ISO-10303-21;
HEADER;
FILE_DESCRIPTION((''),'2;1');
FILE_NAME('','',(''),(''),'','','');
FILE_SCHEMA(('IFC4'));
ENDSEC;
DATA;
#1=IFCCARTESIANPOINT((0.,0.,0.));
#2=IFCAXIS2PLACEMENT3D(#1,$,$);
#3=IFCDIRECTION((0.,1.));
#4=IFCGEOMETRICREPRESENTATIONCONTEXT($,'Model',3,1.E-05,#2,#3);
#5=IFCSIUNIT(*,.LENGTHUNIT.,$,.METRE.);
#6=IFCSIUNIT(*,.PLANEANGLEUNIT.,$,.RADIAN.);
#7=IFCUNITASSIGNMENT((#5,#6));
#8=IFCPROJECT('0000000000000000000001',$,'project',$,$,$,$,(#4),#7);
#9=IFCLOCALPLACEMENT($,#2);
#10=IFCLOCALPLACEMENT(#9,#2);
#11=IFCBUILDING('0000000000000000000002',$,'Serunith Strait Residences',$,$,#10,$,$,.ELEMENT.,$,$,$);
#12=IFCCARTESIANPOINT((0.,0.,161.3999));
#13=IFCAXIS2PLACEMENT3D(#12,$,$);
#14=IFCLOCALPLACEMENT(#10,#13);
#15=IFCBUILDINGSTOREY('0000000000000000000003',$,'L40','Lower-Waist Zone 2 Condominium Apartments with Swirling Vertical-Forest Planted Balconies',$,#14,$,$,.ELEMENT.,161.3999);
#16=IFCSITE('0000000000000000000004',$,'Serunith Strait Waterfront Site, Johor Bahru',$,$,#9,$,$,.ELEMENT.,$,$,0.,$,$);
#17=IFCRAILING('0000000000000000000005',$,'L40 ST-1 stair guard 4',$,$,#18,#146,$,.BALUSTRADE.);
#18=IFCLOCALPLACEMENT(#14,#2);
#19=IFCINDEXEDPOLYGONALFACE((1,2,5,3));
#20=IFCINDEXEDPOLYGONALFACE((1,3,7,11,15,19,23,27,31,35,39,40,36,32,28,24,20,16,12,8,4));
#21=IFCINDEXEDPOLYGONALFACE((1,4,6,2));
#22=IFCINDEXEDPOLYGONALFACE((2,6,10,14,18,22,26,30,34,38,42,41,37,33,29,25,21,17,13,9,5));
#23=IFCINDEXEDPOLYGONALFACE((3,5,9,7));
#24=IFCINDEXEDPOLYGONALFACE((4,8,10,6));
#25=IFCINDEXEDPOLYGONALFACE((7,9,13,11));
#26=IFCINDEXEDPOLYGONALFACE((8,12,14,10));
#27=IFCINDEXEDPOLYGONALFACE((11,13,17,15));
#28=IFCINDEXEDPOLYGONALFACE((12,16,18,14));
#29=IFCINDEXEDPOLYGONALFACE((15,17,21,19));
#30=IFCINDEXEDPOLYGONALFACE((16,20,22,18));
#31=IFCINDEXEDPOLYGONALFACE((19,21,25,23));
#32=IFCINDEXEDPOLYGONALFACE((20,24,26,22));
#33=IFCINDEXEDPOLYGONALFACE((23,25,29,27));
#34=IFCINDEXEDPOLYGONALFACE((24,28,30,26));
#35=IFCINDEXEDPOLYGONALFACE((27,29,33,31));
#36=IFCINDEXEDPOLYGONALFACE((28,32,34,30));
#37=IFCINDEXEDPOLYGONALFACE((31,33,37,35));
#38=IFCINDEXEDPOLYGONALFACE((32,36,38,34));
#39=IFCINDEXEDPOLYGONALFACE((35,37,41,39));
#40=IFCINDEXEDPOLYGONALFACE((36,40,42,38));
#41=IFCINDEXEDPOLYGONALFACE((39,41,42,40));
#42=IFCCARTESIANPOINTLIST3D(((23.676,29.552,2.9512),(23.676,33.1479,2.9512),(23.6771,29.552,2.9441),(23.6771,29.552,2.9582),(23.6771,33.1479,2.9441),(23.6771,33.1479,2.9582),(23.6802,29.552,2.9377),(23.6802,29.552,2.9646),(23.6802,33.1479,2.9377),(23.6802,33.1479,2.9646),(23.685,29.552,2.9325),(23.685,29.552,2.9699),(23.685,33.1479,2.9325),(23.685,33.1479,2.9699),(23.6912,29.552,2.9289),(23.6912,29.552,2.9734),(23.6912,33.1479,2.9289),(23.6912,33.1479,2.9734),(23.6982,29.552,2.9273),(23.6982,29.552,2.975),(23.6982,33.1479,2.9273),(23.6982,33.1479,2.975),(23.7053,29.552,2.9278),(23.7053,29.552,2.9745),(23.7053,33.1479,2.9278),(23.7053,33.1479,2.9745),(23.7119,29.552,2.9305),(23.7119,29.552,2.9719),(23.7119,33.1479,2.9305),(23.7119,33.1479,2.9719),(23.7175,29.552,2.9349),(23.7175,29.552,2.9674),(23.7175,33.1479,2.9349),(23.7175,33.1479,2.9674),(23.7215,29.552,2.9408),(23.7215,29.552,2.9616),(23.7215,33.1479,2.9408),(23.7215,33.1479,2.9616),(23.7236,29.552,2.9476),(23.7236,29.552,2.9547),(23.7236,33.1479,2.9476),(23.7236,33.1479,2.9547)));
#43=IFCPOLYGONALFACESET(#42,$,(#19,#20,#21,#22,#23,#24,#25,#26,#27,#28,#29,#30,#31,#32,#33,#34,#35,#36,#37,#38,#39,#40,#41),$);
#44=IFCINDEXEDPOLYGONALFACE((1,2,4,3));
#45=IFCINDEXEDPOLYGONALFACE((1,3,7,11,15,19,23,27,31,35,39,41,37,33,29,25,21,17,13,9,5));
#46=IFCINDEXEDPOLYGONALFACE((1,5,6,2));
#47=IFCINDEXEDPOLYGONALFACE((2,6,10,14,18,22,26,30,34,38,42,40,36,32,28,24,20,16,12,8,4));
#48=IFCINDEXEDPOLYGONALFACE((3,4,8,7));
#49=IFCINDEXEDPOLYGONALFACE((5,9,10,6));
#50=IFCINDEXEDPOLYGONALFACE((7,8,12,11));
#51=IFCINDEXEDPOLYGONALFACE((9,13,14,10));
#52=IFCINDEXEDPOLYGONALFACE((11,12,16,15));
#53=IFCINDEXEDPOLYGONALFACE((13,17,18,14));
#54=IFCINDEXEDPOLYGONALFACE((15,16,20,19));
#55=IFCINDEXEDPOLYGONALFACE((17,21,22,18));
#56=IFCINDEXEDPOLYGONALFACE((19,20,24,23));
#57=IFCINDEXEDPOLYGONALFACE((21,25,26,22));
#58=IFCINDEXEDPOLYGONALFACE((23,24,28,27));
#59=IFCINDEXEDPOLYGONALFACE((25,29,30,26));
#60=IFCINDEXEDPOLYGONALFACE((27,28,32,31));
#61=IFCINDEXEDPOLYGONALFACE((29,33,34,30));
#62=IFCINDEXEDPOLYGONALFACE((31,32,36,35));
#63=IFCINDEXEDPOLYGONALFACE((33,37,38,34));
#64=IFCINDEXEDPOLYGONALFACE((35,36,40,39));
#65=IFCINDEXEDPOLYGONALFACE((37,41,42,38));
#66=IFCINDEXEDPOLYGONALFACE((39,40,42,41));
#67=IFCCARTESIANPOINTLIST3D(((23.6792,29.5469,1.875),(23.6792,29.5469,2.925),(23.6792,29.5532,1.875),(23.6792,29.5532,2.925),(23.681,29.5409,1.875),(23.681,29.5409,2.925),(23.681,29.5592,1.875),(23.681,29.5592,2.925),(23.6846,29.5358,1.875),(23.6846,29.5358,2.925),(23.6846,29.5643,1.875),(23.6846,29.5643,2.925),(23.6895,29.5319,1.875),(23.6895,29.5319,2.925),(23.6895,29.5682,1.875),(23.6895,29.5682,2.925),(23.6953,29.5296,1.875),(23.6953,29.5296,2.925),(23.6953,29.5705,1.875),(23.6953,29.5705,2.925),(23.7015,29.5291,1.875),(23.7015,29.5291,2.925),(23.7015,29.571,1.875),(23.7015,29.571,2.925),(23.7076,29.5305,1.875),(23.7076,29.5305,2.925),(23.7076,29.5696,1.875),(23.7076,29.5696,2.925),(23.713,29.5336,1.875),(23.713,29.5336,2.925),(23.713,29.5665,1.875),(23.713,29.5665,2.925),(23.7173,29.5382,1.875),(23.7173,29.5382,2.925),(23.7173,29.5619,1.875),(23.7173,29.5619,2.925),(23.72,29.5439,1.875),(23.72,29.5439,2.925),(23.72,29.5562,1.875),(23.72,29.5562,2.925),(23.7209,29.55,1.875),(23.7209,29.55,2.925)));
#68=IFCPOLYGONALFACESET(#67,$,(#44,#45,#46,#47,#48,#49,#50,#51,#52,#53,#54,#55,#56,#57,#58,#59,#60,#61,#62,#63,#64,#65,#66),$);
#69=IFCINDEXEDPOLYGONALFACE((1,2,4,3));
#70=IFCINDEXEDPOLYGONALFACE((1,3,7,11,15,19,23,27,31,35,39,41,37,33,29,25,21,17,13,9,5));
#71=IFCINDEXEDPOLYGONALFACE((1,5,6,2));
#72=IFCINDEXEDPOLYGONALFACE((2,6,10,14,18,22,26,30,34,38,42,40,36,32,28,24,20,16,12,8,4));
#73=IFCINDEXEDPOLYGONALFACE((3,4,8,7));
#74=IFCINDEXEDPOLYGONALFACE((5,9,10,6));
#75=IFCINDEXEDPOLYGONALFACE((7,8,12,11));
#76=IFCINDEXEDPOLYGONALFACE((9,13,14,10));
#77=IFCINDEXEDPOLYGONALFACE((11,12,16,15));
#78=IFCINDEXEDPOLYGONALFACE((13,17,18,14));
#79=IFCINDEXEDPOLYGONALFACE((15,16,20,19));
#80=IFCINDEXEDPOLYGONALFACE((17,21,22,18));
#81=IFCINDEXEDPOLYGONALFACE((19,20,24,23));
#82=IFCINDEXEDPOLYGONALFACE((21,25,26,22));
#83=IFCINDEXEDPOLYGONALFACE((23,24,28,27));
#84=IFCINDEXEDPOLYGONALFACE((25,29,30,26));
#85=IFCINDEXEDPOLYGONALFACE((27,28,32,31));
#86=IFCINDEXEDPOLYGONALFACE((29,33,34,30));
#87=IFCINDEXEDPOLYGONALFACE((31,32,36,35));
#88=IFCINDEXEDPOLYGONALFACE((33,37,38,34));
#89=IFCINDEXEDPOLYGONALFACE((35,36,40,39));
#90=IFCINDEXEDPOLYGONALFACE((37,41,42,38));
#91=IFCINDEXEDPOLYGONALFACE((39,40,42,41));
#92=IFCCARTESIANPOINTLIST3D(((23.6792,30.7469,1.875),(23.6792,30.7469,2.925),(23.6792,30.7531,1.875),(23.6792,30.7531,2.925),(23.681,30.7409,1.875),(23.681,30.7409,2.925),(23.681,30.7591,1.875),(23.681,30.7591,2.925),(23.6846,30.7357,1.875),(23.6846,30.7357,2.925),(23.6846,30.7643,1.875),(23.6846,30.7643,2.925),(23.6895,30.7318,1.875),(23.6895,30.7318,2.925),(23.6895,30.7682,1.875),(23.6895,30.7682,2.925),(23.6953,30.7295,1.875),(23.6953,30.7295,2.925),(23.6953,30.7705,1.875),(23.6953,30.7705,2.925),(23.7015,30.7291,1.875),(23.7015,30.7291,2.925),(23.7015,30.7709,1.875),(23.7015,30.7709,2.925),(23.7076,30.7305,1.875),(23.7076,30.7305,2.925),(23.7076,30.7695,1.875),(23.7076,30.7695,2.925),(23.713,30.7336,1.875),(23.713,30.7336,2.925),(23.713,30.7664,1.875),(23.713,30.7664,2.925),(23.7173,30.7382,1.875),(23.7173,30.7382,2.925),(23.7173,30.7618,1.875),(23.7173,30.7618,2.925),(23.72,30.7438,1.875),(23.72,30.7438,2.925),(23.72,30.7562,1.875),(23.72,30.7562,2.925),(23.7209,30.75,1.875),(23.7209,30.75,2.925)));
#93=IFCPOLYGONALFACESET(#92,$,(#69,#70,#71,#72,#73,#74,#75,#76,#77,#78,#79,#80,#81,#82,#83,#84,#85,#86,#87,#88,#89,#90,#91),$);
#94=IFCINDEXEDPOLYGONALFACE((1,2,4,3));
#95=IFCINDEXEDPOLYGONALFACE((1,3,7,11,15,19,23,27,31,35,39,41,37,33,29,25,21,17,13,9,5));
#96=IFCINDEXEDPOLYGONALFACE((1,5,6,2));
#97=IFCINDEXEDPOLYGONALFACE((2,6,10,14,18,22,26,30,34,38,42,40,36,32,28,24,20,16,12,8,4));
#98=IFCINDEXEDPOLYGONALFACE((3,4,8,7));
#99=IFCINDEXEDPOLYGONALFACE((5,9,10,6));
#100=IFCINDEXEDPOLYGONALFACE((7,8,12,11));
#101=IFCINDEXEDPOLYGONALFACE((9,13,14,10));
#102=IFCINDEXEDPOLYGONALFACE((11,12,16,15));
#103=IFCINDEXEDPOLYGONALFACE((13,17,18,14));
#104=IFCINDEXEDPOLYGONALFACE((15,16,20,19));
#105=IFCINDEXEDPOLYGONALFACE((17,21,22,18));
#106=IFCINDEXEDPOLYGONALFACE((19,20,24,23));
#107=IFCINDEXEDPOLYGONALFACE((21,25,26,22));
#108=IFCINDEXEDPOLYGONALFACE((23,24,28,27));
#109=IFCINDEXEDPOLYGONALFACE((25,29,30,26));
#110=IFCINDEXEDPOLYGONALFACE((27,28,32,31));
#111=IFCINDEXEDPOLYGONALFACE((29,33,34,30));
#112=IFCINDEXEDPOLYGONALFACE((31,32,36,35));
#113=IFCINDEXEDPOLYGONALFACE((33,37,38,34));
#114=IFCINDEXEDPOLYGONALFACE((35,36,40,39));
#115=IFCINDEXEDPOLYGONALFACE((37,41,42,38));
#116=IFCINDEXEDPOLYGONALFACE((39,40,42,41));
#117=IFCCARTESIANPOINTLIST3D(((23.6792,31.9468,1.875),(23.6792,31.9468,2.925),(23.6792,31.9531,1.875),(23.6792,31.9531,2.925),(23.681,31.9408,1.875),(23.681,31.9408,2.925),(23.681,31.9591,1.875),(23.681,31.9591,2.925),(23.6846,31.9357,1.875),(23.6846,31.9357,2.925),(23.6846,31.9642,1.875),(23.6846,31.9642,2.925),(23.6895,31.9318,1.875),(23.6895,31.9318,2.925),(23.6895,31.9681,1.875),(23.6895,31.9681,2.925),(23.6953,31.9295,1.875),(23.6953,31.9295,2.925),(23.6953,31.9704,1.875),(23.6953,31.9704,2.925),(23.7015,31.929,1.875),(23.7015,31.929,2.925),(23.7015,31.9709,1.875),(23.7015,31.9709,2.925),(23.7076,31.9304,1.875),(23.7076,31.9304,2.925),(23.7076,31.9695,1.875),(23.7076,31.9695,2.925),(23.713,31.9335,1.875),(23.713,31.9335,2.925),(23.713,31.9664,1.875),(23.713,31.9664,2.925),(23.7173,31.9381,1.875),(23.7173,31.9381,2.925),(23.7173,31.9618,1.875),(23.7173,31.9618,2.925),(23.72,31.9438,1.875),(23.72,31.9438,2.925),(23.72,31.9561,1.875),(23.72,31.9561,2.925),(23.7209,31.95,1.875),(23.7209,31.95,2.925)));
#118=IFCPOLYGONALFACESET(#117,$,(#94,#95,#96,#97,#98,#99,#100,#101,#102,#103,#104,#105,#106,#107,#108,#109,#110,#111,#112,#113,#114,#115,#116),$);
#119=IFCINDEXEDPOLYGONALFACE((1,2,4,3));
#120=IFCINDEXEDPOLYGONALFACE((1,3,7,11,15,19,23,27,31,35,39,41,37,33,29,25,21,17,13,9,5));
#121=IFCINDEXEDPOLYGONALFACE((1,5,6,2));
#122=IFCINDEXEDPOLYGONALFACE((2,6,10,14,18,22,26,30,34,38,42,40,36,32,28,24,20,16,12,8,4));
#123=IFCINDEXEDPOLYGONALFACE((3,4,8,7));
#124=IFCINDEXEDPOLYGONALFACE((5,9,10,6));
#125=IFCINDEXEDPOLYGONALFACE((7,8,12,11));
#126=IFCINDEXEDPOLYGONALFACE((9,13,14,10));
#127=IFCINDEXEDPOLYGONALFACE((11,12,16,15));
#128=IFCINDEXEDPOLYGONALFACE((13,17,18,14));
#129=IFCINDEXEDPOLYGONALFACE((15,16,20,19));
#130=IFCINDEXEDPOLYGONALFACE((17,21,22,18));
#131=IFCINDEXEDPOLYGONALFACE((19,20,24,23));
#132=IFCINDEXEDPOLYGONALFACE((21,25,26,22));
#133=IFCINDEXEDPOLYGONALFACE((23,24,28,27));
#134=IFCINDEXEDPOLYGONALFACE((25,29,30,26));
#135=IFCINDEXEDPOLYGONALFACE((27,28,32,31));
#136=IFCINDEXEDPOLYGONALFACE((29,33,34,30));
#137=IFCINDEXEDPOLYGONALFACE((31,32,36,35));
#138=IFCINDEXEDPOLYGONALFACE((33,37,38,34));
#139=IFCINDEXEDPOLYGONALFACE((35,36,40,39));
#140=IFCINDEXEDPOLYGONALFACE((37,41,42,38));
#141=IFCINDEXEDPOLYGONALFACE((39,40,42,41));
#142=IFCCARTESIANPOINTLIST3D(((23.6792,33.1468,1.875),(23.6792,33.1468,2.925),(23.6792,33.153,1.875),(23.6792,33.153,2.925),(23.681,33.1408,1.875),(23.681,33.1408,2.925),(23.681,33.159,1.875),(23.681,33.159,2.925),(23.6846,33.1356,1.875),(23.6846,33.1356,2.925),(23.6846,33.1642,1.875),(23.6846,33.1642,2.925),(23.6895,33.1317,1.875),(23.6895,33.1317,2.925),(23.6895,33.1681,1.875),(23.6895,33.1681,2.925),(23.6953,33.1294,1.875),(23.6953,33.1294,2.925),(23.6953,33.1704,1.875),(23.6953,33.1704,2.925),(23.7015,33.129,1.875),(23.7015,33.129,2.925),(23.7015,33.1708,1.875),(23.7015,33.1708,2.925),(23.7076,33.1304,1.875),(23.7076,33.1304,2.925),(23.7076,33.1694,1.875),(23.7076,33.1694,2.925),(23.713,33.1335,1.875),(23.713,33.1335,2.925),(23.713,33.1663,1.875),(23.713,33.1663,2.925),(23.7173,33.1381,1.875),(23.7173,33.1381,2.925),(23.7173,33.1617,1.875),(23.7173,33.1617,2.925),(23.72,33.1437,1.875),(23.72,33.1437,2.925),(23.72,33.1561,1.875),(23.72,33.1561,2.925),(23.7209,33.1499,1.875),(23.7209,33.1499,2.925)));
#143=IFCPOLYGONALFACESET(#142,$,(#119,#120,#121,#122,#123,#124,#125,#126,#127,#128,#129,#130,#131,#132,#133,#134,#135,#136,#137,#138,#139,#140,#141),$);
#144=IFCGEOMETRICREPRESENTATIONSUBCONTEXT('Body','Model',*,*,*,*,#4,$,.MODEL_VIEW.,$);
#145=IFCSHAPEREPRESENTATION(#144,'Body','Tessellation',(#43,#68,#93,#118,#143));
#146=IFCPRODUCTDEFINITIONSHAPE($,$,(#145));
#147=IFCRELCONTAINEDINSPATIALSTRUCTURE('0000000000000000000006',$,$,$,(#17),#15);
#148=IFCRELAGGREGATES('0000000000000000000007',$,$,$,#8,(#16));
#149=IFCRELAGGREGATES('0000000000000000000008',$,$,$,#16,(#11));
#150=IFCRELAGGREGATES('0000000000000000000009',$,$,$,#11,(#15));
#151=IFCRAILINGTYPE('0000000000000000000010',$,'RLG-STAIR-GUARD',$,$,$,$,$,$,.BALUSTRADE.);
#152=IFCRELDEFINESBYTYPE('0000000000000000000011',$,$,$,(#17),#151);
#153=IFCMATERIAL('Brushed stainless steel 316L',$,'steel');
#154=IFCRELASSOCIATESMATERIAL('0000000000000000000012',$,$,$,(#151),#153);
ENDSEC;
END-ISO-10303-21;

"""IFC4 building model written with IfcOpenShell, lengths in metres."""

from ifc_helpers import new_model, si_unit, direction, frame, origin, origin_2d, place, context, subcontext, project, spatial, circle, extrude, material, type_object, element, save


model = new_model("IFC4")

# Units and contexts
model_context = context("Model", 3, precision=1e-05, world=origin(), true_north=direction((0.0, 1.0)))
body_context = subcontext(model_context, "Body", "Model", "MODEL_VIEW")
ifc_project = project(units=[si_unit("LENGTHUNIT", "METRE"), si_unit("PLANEANGLEUNIT", "RADIAN")], contexts=[model_context])

# Site, building, storey
site_placement = place(None, origin())
site = spatial("IfcSite", under=ifc_project, at=site_placement, Name="Serunith Strait Waterfront Site, Johor Bahru", CompositionType="ELEMENT", RefElevation=0.0)
building_placement = place(site_placement, origin())
building = spatial("IfcBuilding", under=site, at=building_placement, Name="Serunith Strait Residences", CompositionType="ELEMENT")
storey_placement = place(building_placement, frame((0.0, 0.0, 161.3999)))
storey = spatial("IfcBuildingStorey", under=building, at=storey_placement, Name="L40", Description="Lower-Waist Zone 2 Condominium Apartments with Swirling Vertical-Forest Planted Balconies", CompositionType="ELEMENT", Elevation=161.3999)

# Railing
ifc_material_1 = material(Name="Brushed stainless steel 316L", Category="steel")
railing_type_1 = type_object("IfcRailingType", Name="RLG-STAIR-GUARD", PredefinedType="BALUSTRADE", material=ifc_material_1)
for number, where, name in (
    (1, (23.7, 29.55, 1.875), "L40 ST-1 stair guard 4"),
):
    element("IfcRailing", number, at=place(storey_placement, frame(where)), inside=storey, type_object=railing_type_1, Name=name, PredefinedType="BALUSTRADE", context=body_context, shape_type="SweptSolid", body=[
        extrude(circle(Radius=0.0239, at=origin_2d()), frame((0.0, 0.002, 1.0762), z_axis=(0.0, 1.0, 0.0), x_axis=(-1.0, 0.0, 0.0)), (0.0, 0.0, 1.0), 3.5959),
        extrude(circle(Radius=0.021, at=origin_2d()), origin(), (0.0, 0.0, 1.0), 1.05),
        extrude(circle(Radius=0.021, at=origin_2d()), frame((0.0, 1.2, 0.0)), (0.0, 0.0, 1.0), 1.05),
        extrude(circle(Radius=0.021, at=origin_2d()), frame((0.0, 2.3999, 0.0)), (0.0, 0.0, 1.0), 1.05),
        extrude(circle(Radius=0.021, at=origin_2d()), frame((0.0, 3.5999, 0.0)), (0.0, 0.0, 1.0), 1.05),
    ])

save(model, "model.ifc")
